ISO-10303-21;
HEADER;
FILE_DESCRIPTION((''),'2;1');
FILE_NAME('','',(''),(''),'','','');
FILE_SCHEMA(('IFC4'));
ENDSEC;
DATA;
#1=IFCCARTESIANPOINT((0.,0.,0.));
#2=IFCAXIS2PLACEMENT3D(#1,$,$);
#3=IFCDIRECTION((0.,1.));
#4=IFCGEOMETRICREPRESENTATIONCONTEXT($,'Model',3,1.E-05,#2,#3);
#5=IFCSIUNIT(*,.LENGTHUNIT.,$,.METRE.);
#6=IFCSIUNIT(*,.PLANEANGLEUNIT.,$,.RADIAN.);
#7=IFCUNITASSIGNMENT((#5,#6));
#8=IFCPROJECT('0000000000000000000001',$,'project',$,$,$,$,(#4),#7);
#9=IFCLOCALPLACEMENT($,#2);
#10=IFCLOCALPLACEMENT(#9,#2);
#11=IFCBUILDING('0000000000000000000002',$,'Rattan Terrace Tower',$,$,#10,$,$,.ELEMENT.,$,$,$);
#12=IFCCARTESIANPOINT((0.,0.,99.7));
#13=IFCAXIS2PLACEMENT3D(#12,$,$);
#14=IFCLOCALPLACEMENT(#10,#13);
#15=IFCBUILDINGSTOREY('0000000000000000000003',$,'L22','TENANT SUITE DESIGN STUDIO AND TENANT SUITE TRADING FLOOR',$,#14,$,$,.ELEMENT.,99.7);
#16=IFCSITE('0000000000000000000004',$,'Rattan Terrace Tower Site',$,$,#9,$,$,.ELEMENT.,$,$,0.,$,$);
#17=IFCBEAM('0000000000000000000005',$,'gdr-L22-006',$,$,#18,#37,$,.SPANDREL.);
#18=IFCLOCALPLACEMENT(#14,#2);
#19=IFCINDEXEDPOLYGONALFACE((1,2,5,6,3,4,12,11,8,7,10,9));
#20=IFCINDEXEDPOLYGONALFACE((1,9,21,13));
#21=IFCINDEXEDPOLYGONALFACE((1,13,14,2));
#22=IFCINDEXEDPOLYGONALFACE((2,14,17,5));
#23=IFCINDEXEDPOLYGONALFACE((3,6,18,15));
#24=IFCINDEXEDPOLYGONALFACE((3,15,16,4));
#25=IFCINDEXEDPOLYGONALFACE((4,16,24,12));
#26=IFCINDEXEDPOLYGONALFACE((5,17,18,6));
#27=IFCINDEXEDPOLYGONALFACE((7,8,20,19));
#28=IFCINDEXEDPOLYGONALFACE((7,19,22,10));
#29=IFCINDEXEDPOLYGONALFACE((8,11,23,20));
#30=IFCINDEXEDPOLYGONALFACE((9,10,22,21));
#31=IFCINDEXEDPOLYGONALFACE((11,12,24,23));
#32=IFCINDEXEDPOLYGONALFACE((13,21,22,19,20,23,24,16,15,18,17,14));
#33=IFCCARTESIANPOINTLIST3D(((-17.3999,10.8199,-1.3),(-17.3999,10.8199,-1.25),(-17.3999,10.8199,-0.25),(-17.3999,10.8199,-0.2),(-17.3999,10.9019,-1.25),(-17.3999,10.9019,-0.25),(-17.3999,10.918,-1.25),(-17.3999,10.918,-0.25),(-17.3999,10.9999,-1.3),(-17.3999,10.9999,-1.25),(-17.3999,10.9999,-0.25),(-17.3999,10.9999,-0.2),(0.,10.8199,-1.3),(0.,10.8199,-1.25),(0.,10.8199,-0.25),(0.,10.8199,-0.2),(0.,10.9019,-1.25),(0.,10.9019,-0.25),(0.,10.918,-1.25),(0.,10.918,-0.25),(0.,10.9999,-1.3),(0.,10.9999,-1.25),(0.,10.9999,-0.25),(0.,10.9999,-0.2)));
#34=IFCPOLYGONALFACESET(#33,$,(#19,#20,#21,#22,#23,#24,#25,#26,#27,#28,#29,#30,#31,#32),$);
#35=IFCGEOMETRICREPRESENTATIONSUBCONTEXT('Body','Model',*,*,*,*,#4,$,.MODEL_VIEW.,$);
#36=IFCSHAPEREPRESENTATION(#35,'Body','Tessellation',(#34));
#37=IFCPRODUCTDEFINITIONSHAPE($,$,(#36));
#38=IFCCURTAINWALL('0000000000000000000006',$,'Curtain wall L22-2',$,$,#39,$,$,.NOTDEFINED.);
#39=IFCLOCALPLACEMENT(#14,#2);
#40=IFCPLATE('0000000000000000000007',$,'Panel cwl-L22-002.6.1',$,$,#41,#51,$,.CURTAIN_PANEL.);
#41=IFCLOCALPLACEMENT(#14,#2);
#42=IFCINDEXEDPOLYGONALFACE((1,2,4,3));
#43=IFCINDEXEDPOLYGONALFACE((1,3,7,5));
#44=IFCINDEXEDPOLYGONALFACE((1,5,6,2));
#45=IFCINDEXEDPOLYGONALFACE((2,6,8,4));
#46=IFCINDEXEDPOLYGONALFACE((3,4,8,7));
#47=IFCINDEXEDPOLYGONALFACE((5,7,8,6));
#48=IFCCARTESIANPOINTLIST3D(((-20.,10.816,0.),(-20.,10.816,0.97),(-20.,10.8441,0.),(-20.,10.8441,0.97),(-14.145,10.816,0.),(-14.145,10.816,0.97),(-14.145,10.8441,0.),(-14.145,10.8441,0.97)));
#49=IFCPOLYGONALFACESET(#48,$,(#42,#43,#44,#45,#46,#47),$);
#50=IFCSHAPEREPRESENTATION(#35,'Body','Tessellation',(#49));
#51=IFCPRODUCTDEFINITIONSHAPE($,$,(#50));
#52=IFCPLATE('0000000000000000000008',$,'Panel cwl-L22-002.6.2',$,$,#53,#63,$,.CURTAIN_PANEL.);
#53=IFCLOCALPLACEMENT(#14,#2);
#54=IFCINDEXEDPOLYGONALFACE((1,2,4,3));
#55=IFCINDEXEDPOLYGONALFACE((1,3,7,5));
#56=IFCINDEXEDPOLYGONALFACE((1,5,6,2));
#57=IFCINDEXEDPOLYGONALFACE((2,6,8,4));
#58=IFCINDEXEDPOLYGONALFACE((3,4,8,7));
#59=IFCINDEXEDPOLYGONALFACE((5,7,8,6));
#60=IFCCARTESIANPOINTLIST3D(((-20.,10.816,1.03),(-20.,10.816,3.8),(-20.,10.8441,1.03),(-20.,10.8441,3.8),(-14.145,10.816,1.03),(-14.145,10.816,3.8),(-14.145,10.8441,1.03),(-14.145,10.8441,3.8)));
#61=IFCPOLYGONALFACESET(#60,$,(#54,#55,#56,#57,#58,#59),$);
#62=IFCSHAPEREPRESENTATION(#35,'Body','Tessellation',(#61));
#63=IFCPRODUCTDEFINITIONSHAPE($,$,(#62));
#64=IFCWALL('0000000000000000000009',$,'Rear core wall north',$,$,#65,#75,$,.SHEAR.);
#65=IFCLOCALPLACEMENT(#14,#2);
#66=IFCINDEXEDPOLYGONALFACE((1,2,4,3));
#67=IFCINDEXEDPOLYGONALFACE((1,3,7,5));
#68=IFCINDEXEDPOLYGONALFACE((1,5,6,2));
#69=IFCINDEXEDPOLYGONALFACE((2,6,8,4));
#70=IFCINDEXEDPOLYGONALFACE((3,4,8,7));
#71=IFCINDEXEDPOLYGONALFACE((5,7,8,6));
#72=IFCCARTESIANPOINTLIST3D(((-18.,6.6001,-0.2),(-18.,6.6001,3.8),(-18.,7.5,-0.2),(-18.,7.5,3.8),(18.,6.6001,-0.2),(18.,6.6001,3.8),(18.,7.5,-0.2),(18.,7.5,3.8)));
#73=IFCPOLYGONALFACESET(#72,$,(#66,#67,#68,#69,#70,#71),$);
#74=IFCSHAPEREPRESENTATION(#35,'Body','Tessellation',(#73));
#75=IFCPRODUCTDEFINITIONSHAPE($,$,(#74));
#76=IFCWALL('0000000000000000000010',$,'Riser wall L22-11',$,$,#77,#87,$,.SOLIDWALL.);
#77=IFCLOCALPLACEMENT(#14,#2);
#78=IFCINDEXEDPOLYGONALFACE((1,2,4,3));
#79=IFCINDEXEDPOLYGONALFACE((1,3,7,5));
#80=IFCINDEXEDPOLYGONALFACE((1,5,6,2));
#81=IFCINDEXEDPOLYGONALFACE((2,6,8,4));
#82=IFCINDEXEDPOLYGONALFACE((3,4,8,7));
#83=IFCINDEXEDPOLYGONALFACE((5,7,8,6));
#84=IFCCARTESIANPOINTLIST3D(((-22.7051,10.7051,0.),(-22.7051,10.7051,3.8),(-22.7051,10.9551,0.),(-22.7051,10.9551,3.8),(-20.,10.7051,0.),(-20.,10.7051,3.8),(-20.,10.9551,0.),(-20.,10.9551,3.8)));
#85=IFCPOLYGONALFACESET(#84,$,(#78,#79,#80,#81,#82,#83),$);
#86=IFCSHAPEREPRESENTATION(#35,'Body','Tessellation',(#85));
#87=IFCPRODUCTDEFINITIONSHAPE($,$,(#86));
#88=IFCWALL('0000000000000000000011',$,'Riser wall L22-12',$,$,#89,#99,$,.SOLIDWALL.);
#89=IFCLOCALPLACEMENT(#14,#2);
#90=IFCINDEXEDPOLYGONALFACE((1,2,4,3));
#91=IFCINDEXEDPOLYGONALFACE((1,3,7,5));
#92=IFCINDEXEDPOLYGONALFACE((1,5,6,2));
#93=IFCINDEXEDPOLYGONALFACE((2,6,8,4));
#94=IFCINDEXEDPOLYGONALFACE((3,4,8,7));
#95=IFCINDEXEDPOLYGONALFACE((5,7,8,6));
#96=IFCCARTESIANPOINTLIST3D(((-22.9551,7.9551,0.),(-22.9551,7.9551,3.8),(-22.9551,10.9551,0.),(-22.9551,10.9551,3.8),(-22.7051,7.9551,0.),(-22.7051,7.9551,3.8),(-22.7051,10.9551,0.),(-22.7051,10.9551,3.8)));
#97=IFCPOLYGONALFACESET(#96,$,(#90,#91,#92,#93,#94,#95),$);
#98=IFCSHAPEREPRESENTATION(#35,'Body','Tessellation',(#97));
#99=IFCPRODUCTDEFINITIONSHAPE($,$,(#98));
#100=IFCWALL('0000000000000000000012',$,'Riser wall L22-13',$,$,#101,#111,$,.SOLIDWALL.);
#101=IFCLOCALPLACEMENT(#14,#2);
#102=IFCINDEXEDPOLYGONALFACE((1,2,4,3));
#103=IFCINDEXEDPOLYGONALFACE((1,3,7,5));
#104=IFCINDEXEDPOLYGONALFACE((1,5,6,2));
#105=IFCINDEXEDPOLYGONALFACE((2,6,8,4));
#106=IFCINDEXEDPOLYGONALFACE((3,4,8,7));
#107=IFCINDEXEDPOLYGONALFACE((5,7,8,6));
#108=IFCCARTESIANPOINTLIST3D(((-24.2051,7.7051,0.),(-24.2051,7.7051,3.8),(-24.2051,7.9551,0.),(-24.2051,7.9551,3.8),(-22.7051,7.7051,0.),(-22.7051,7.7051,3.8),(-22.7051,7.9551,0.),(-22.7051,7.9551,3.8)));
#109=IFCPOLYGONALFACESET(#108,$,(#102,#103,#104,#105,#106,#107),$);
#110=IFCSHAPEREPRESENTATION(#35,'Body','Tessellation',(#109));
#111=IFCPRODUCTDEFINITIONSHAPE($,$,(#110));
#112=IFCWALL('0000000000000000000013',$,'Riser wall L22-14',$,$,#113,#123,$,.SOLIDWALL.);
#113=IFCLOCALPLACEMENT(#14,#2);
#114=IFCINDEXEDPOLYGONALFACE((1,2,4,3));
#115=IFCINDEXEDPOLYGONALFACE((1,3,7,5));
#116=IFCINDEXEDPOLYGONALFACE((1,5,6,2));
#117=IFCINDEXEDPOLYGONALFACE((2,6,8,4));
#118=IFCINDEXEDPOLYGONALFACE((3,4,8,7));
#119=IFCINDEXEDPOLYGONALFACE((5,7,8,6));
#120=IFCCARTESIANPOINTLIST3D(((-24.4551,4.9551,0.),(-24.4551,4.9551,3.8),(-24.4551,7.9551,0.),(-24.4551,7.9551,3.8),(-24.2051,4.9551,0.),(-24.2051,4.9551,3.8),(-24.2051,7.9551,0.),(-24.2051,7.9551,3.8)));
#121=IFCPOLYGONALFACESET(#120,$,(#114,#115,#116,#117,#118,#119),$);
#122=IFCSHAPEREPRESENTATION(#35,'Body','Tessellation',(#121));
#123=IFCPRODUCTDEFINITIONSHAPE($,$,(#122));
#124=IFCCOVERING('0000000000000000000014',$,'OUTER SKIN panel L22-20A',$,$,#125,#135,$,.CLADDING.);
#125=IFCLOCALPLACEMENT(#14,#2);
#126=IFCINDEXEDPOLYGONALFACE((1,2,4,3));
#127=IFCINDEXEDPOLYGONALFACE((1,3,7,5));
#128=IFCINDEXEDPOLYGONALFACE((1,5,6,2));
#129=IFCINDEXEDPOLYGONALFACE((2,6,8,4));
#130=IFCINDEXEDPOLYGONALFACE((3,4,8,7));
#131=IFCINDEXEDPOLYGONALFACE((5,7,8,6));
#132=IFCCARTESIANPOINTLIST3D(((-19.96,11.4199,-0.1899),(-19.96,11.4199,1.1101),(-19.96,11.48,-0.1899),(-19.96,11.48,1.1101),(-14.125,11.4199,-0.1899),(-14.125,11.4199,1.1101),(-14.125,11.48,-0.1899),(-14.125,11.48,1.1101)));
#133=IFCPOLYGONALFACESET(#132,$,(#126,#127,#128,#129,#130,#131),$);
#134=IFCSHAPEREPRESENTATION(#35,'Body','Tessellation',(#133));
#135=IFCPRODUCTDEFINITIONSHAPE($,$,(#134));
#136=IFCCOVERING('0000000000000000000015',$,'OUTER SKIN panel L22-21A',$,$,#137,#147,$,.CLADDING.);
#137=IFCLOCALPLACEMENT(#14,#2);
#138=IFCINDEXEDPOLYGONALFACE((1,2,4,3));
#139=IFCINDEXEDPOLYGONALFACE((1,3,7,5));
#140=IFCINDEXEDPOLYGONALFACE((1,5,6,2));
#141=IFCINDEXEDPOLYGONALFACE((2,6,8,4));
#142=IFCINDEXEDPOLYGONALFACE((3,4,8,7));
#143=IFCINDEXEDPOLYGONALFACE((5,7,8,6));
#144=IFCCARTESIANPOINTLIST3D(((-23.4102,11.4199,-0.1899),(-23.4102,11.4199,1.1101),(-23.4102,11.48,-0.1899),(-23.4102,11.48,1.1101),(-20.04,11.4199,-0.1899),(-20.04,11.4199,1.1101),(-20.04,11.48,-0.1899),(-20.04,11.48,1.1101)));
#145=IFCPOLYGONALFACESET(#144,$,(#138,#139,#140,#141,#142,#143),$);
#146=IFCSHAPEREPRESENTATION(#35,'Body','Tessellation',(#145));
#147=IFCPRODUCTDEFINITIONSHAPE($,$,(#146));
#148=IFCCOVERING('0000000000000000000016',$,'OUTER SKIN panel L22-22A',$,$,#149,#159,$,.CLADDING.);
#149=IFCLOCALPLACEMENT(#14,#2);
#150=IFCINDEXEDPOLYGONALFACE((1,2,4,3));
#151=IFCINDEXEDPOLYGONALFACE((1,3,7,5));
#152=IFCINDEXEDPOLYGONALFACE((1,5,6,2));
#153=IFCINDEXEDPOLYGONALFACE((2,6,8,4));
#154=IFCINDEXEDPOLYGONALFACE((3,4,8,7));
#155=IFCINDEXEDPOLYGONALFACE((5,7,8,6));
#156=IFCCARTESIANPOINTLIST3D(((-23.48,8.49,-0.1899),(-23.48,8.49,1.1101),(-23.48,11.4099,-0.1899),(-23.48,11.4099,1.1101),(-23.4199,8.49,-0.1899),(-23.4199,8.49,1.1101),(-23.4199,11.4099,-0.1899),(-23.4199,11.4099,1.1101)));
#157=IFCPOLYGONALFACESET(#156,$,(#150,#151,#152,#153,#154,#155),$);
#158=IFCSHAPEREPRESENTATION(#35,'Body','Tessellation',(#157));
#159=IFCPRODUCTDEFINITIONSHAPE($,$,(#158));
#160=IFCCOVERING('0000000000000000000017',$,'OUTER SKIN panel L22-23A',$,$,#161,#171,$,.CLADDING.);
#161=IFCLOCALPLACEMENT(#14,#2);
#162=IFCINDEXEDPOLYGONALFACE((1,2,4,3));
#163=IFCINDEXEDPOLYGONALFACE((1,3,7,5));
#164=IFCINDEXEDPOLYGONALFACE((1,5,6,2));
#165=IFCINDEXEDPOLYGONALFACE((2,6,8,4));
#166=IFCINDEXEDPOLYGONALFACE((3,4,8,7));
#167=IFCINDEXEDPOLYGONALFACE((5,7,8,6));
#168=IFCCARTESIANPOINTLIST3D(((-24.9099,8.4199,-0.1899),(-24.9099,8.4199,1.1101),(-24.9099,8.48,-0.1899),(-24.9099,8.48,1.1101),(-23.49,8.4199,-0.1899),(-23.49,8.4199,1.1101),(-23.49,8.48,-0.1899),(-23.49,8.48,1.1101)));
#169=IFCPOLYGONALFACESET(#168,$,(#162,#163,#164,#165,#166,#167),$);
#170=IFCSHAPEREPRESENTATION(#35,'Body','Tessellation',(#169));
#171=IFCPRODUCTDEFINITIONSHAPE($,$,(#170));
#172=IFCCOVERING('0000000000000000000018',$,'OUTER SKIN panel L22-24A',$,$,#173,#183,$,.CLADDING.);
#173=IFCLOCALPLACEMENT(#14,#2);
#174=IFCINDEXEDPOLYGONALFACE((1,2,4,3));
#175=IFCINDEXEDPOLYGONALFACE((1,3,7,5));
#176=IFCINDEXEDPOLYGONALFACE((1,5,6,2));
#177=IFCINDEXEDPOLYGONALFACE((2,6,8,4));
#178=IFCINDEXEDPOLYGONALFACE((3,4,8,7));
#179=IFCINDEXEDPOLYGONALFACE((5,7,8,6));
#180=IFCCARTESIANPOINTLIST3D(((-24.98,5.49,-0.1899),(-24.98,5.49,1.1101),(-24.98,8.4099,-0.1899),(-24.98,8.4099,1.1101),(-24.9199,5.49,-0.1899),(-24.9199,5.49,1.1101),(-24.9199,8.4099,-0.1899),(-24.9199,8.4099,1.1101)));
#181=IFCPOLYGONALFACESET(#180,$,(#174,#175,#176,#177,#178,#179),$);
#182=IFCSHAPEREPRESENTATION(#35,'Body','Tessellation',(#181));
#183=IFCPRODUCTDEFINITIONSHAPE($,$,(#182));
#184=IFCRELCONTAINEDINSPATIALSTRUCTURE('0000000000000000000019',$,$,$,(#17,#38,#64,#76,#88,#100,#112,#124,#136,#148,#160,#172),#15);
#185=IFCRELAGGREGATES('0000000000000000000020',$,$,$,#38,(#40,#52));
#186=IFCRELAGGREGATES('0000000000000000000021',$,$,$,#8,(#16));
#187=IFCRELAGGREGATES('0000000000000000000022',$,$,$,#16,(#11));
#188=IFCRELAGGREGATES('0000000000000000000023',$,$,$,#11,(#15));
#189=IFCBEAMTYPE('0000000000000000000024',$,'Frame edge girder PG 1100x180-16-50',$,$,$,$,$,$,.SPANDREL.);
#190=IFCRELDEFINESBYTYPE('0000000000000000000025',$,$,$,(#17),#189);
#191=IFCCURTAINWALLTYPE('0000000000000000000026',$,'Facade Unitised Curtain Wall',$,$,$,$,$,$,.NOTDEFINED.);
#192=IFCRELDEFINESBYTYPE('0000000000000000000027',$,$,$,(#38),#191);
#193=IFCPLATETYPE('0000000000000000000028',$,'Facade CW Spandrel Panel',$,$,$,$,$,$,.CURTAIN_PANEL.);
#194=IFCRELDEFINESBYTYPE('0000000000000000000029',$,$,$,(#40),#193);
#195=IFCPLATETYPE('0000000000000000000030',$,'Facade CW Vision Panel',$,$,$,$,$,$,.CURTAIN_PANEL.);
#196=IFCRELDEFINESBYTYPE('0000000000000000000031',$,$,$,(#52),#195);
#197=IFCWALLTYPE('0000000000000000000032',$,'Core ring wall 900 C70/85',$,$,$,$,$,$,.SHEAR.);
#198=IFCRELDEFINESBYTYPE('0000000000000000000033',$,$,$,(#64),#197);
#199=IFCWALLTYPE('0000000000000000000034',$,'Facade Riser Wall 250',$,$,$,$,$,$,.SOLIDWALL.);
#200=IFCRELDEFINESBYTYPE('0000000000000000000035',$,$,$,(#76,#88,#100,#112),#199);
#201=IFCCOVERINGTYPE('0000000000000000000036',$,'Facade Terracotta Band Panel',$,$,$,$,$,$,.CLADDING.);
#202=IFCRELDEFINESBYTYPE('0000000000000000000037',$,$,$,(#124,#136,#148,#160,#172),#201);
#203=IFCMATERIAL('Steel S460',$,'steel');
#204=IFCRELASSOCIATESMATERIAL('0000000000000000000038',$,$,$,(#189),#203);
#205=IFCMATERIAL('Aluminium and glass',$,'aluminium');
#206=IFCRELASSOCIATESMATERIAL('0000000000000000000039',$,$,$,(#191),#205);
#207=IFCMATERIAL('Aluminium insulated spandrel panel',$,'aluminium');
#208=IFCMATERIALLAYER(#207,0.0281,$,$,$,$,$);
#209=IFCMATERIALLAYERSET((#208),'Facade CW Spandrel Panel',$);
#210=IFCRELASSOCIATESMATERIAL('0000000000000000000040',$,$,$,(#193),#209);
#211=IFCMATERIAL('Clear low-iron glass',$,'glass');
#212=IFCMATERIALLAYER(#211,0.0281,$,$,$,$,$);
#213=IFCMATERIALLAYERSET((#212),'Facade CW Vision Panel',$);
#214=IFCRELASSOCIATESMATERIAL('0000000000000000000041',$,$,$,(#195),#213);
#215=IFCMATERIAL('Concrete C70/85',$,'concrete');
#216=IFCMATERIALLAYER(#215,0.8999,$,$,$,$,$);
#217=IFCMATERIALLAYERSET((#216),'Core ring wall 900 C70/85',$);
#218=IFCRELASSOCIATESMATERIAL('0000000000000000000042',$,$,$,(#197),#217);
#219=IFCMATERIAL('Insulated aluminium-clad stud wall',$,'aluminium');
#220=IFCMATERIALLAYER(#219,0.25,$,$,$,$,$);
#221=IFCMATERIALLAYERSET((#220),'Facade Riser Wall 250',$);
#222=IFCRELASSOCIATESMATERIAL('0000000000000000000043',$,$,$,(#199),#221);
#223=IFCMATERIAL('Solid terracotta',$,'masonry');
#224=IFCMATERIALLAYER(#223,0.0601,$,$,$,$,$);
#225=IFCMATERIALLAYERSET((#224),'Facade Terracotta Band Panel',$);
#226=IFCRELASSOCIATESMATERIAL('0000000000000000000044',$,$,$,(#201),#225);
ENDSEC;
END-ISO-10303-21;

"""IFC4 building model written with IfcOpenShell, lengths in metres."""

from ifc_helpers import new_model, si_unit, direction, frame, frame_2d, origin, origin_2d, place, context, subcontext, project, spatial, rectangle, i_section, extrude, material, layer, layer_set, material_profile, profile_set, type_object, element, aggregate, save


model = new_model("IFC4")

# Units and contexts
model_context = context("Model", 3, precision=1e-05, world=origin(), true_north=direction((0.0, 1.0)))
body_context = subcontext(model_context, "Body", "Model", "MODEL_VIEW")
ifc_project = project(units=[si_unit("LENGTHUNIT", "METRE"), si_unit("PLANEANGLEUNIT", "RADIAN")], contexts=[model_context])

# Site, building, storey
site_placement = place(None, origin())
site = spatial("IfcSite", under=ifc_project, at=site_placement, Name="Rattan Terrace Tower Site", CompositionType="ELEMENT", RefElevation=0.0)
building_placement = place(site_placement, origin())
building = spatial("IfcBuilding", under=site, at=building_placement, Name="Rattan Terrace Tower", CompositionType="ELEMENT")
storey_placement = place(building_placement, frame((0.0, 0.0, 99.7)))
storey = spatial("IfcBuildingStorey", under=building, at=storey_placement, Name="L22", Description="TENANT SUITE DESIGN STUDIO AND TENANT SUITE TRADING FLOOR", CompositionType="ELEMENT", Elevation=99.7)

# Beam
ifc_material_1 = material(Name="Steel S460", Category="steel")
ifc_material_profile = material_profile(ifc_material_1, i_section(OverallWidth=0.1799, OverallDepth=1.1001, WebThickness=0.0161, FlangeThickness=0.05, at=origin_2d()), Name="PG 1100x180-16-50")
ifc_profile_set = profile_set([ifc_material_profile], Name="Steel S460")
beam_type = type_object("IfcBeamType", Name="Frame edge girder PG 1100x180-16-50", PredefinedType="SPANDREL", material=ifc_profile_set)
beam_placement = place(storey_placement, frame((-17.3999, 10.9099, -0.75), z_axis=(1.0, 0.0, 0.0), x_axis=(0.0, 1.0, 0.0)))
element("IfcBeam", 1, at=beam_placement, inside=storey, type_object=beam_type, Name="gdr-L22-006", PredefinedType="SPANDREL", context=body_context, shape_type="SweptSolid", body=[
    extrude(i_section(OverallWidth=0.1799, OverallDepth=1.1001, WebThickness=0.0161, FlangeThickness=0.05, at=origin_2d()), origin(), (0.0, 0.0, 1.0), 17.3999),
])

# Curtain wall, plates
ifc_material_2 = material(Name="Aluminium and glass", Category="aluminium")
curtain_wall_type = type_object("IfcCurtainWallType", Name="Facade Unitised Curtain Wall", PredefinedType="NOTDEFINED", material=ifc_material_2)
curtain_wall_placement = place(storey_placement, origin())
curtain_wall = element("IfcCurtainWall", 2, at=curtain_wall_placement, inside=storey, type_object=curtain_wall_type, Name="Curtain wall L22-2", PredefinedType="NOTDEFINED")
ifc_material_3 = material(Name="Aluminium insulated spandrel panel", Category="aluminium")
ifc_layer_1 = layer(ifc_material_3, 0.0281)
ifc_layer_set_1 = layer_set([ifc_layer_1], Name="Facade CW Spandrel Panel")
plate_type_1 = type_object("IfcPlateType", Name="Facade CW Spandrel Panel", PredefinedType="CURTAIN_PANEL", material=ifc_layer_set_1)
plate_1_placement = place(storey_placement, frame((-17.0725, 10.8301, 0.0), z_axis=(0.0, 0.0, 1.0), x_axis=(-1.0, 0.0, 0.0)))
plate_1 = element("IfcPlate", 3, at=plate_1_placement, type_object=plate_type_1, Name="Panel cwl-L22-002.6.1", PredefinedType="CURTAIN_PANEL", context=body_context, shape_type="SweptSolid", body=[
    extrude(rectangle(XDim=5.855, YDim=0.0281, at=origin_2d()), origin(), (0.0, 0.0, 1.0), 0.97),
])
ifc_material_4 = material(Name="Clear low-iron glass", Category="glass")
ifc_layer_2 = layer(ifc_material_4, 0.0281)
ifc_layer_set_2 = layer_set([ifc_layer_2], Name="Facade CW Vision Panel")
plate_type_2 = type_object("IfcPlateType", Name="Facade CW Vision Panel", PredefinedType="CURTAIN_PANEL", material=ifc_layer_set_2)
plate_2_placement = place(storey_placement, frame((-17.0725, 10.8301, 1.03), z_axis=(0.0, 0.0, 1.0), x_axis=(-1.0, 0.0, 0.0)))
plate_2 = element("IfcPlate", 4, at=plate_2_placement, type_object=plate_type_2, Name="Panel cwl-L22-002.6.2", PredefinedType="CURTAIN_PANEL", context=body_context, shape_type="SweptSolid", body=[
    extrude(rectangle(XDim=5.855, YDim=0.0281, at=origin_2d()), origin(), (0.0, 0.0, 1.0), 2.77),
])
aggregate(curtain_wall, [plate_1, plate_2])

# Walls
ifc_material_5 = material(Name="Concrete C70/85", Category="concrete")
ifc_layer_3 = layer(ifc_material_5, 0.8999)
ifc_layer_set_3 = layer_set([ifc_layer_3], Name="Core ring wall 900 C70/85")
wall_type_1 = type_object("IfcWallType", Name="Core ring wall 900 C70/85", PredefinedType="SHEAR", material=ifc_layer_set_3)
wall_1_placement = place(storey_placement, frame((-18.0, 7.05, -0.2), z_axis=(0.0, 0.0, 1.0), x_axis=(1.0, 0.0, 0.0)))
element("IfcWall", 5, at=wall_1_placement, inside=storey, type_object=wall_type_1, Name="Rear core wall north", PredefinedType="SHEAR", context=body_context, shape_type="SweptSolid", body=[
    extrude(rectangle(XDim=36.0, YDim=0.8999, at=frame_2d((18.0, 0.0))), origin(), (0.0, 0.0, 1.0), 4.0),
])
ifc_material_6 = material(Name="Insulated aluminium-clad stud wall", Category="aluminium")
ifc_layer_4 = layer(ifc_material_6, 0.25)
ifc_layer_set_4 = layer_set([ifc_layer_4], Name="Facade Riser Wall 250")
wall_type_2 = type_object("IfcWallType", Name="Facade Riser Wall 250", PredefinedType="SOLIDWALL", material=ifc_layer_set_4)
wall_2_placement = place(storey_placement, frame((-20.0, 10.8301, 0.0), z_axis=(0.0, 0.0, 1.0), x_axis=(-1.0, 0.0, 0.0)))
element("IfcWall", 6, at=wall_2_placement, inside=storey, type_object=wall_type_2, Name="Riser wall L22-11", PredefinedType="SOLIDWALL", context=body_context, shape_type="SweptSolid", body=[
    extrude(rectangle(XDim=2.7051, YDim=0.25, at=frame_2d((1.3525, 0.0))), origin(), (0.0, 0.0, 1.0), 3.8),
])
wall_3_placement = place(storey_placement, frame((-22.8301, 10.9551, 0.0), z_axis=(0.0, 0.0, 1.0), x_axis=(0.0, -1.0, 0.0)))
element("IfcWall", 7, at=wall_3_placement, inside=storey, type_object=wall_type_2, Name="Riser wall L22-12", PredefinedType="SOLIDWALL", context=body_context, shape_type="SweptSolid", body=[
    extrude(rectangle(XDim=3.0, YDim=0.25, at=frame_2d((1.5, 0.0))), origin(), (0.0, 0.0, 1.0), 3.8),
])
wall_4_placement = place(storey_placement, frame((-22.7051, 7.8301, 0.0), z_axis=(0.0, 0.0, 1.0), x_axis=(-1.0, 0.0, 0.0)))
element("IfcWall", 8, at=wall_4_placement, inside=storey, type_object=wall_type_2, Name="Riser wall L22-13", PredefinedType="SOLIDWALL", context=body_context, shape_type="SweptSolid", body=[
    extrude(rectangle(XDim=1.5, YDim=0.25, at=frame_2d((0.75, 0.0))), origin(), (0.0, 0.0, 1.0), 3.8),
])
wall_5_placement = place(storey_placement, frame((-24.3301, 7.9551, 0.0), z_axis=(0.0, 0.0, 1.0), x_axis=(0.0, -1.0, 0.0)))
element("IfcWall", 9, at=wall_5_placement, inside=storey, type_object=wall_type_2, Name="Riser wall L22-14", PredefinedType="SOLIDWALL", context=body_context, shape_type="SweptSolid", body=[
    extrude(rectangle(XDim=3.0, YDim=0.25, at=frame_2d((1.5, 0.0))), origin(), (0.0, 0.0, 1.0), 3.8),
])

# Coverings
ifc_material_7 = material(Name="Solid terracotta", Category="masonry")
ifc_layer_5 = layer(ifc_material_7, 0.0601)
ifc_layer_set_5 = layer_set([ifc_layer_5], Name="Facade Terracotta Band Panel")
covering_type_1 = type_object("IfcCoveringType", Name="Facade Terracotta Band Panel", PredefinedType="CLADDING", material=ifc_layer_set_5)
covering_1_placement = place(storey_placement, frame((-17.0425, 11.45, -0.1899), z_axis=(0.0, 0.0, 1.0), x_axis=(-1.0, 0.0, 0.0)))
element("IfcCovering", 10, at=covering_1_placement, inside=storey, type_object=covering_type_1, Name="OUTER SKIN panel L22-20A", PredefinedType="CLADDING", context=body_context, shape_type="SweptSolid", body=[
    extrude(rectangle(XDim=5.835, YDim=0.0601, at=origin_2d()), origin(), (0.0, 0.0, 1.0), 1.3),
])
covering_2_placement = place(storey_placement, frame((-21.7251, 11.45, -0.1899), z_axis=(0.0, 0.0, 1.0), x_axis=(-1.0, 0.0, 0.0)))
element("IfcCovering", 11, at=covering_2_placement, inside=storey, type_object=covering_type_1, Name="OUTER SKIN panel L22-21A", PredefinedType="CLADDING", context=body_context, shape_type="SweptSolid", body=[
    extrude(rectangle(XDim=3.3701, YDim=0.0601, at=origin_2d()), origin(), (0.0, 0.0, 1.0), 1.3),
])
covering_3_placement = place(storey_placement, frame((-23.45, 9.95, -0.1899), z_axis=(0.0, 0.0, 1.0), x_axis=(0.0, -1.0, 0.0)))
element("IfcCovering", 12, at=covering_3_placement, inside=storey, type_object=covering_type_1, Name="OUTER SKIN panel L22-22A", PredefinedType="CLADDING", context=body_context, shape_type="SweptSolid", body=[
    extrude(rectangle(XDim=2.9199, YDim=0.0601, at=origin_2d()), origin(), (0.0, 0.0, 1.0), 1.3),
])
covering_4_placement = place(storey_placement, frame((-24.2, 8.45, -0.1899), z_axis=(0.0, 0.0, 1.0), x_axis=(-1.0, 0.0, 0.0)))
element("IfcCovering", 13, at=covering_4_placement, inside=storey, type_object=covering_type_1, Name="OUTER SKIN panel L22-23A", PredefinedType="CLADDING", context=body_context, shape_type="SweptSolid", body=[
    extrude(rectangle(XDim=1.4199, YDim=0.0601, at=origin_2d()), origin(), (0.0, 0.0, 1.0), 1.3),
])
covering_5_placement = place(storey_placement, frame((-24.95, 6.95, -0.1899), z_axis=(0.0, 0.0, 1.0), x_axis=(0.0, -1.0, 0.0)))
element("IfcCovering", 14, at=covering_5_placement, inside=storey, type_object=covering_type_1, Name="OUTER SKIN panel L22-24A", PredefinedType="CLADDING", context=body_context, shape_type="SweptSolid", body=[
    extrude(rectangle(XDim=2.9199, YDim=0.0601, at=origin_2d()), origin(), (0.0, 0.0, 1.0), 1.3),
])

save(model, "model.ifc")
